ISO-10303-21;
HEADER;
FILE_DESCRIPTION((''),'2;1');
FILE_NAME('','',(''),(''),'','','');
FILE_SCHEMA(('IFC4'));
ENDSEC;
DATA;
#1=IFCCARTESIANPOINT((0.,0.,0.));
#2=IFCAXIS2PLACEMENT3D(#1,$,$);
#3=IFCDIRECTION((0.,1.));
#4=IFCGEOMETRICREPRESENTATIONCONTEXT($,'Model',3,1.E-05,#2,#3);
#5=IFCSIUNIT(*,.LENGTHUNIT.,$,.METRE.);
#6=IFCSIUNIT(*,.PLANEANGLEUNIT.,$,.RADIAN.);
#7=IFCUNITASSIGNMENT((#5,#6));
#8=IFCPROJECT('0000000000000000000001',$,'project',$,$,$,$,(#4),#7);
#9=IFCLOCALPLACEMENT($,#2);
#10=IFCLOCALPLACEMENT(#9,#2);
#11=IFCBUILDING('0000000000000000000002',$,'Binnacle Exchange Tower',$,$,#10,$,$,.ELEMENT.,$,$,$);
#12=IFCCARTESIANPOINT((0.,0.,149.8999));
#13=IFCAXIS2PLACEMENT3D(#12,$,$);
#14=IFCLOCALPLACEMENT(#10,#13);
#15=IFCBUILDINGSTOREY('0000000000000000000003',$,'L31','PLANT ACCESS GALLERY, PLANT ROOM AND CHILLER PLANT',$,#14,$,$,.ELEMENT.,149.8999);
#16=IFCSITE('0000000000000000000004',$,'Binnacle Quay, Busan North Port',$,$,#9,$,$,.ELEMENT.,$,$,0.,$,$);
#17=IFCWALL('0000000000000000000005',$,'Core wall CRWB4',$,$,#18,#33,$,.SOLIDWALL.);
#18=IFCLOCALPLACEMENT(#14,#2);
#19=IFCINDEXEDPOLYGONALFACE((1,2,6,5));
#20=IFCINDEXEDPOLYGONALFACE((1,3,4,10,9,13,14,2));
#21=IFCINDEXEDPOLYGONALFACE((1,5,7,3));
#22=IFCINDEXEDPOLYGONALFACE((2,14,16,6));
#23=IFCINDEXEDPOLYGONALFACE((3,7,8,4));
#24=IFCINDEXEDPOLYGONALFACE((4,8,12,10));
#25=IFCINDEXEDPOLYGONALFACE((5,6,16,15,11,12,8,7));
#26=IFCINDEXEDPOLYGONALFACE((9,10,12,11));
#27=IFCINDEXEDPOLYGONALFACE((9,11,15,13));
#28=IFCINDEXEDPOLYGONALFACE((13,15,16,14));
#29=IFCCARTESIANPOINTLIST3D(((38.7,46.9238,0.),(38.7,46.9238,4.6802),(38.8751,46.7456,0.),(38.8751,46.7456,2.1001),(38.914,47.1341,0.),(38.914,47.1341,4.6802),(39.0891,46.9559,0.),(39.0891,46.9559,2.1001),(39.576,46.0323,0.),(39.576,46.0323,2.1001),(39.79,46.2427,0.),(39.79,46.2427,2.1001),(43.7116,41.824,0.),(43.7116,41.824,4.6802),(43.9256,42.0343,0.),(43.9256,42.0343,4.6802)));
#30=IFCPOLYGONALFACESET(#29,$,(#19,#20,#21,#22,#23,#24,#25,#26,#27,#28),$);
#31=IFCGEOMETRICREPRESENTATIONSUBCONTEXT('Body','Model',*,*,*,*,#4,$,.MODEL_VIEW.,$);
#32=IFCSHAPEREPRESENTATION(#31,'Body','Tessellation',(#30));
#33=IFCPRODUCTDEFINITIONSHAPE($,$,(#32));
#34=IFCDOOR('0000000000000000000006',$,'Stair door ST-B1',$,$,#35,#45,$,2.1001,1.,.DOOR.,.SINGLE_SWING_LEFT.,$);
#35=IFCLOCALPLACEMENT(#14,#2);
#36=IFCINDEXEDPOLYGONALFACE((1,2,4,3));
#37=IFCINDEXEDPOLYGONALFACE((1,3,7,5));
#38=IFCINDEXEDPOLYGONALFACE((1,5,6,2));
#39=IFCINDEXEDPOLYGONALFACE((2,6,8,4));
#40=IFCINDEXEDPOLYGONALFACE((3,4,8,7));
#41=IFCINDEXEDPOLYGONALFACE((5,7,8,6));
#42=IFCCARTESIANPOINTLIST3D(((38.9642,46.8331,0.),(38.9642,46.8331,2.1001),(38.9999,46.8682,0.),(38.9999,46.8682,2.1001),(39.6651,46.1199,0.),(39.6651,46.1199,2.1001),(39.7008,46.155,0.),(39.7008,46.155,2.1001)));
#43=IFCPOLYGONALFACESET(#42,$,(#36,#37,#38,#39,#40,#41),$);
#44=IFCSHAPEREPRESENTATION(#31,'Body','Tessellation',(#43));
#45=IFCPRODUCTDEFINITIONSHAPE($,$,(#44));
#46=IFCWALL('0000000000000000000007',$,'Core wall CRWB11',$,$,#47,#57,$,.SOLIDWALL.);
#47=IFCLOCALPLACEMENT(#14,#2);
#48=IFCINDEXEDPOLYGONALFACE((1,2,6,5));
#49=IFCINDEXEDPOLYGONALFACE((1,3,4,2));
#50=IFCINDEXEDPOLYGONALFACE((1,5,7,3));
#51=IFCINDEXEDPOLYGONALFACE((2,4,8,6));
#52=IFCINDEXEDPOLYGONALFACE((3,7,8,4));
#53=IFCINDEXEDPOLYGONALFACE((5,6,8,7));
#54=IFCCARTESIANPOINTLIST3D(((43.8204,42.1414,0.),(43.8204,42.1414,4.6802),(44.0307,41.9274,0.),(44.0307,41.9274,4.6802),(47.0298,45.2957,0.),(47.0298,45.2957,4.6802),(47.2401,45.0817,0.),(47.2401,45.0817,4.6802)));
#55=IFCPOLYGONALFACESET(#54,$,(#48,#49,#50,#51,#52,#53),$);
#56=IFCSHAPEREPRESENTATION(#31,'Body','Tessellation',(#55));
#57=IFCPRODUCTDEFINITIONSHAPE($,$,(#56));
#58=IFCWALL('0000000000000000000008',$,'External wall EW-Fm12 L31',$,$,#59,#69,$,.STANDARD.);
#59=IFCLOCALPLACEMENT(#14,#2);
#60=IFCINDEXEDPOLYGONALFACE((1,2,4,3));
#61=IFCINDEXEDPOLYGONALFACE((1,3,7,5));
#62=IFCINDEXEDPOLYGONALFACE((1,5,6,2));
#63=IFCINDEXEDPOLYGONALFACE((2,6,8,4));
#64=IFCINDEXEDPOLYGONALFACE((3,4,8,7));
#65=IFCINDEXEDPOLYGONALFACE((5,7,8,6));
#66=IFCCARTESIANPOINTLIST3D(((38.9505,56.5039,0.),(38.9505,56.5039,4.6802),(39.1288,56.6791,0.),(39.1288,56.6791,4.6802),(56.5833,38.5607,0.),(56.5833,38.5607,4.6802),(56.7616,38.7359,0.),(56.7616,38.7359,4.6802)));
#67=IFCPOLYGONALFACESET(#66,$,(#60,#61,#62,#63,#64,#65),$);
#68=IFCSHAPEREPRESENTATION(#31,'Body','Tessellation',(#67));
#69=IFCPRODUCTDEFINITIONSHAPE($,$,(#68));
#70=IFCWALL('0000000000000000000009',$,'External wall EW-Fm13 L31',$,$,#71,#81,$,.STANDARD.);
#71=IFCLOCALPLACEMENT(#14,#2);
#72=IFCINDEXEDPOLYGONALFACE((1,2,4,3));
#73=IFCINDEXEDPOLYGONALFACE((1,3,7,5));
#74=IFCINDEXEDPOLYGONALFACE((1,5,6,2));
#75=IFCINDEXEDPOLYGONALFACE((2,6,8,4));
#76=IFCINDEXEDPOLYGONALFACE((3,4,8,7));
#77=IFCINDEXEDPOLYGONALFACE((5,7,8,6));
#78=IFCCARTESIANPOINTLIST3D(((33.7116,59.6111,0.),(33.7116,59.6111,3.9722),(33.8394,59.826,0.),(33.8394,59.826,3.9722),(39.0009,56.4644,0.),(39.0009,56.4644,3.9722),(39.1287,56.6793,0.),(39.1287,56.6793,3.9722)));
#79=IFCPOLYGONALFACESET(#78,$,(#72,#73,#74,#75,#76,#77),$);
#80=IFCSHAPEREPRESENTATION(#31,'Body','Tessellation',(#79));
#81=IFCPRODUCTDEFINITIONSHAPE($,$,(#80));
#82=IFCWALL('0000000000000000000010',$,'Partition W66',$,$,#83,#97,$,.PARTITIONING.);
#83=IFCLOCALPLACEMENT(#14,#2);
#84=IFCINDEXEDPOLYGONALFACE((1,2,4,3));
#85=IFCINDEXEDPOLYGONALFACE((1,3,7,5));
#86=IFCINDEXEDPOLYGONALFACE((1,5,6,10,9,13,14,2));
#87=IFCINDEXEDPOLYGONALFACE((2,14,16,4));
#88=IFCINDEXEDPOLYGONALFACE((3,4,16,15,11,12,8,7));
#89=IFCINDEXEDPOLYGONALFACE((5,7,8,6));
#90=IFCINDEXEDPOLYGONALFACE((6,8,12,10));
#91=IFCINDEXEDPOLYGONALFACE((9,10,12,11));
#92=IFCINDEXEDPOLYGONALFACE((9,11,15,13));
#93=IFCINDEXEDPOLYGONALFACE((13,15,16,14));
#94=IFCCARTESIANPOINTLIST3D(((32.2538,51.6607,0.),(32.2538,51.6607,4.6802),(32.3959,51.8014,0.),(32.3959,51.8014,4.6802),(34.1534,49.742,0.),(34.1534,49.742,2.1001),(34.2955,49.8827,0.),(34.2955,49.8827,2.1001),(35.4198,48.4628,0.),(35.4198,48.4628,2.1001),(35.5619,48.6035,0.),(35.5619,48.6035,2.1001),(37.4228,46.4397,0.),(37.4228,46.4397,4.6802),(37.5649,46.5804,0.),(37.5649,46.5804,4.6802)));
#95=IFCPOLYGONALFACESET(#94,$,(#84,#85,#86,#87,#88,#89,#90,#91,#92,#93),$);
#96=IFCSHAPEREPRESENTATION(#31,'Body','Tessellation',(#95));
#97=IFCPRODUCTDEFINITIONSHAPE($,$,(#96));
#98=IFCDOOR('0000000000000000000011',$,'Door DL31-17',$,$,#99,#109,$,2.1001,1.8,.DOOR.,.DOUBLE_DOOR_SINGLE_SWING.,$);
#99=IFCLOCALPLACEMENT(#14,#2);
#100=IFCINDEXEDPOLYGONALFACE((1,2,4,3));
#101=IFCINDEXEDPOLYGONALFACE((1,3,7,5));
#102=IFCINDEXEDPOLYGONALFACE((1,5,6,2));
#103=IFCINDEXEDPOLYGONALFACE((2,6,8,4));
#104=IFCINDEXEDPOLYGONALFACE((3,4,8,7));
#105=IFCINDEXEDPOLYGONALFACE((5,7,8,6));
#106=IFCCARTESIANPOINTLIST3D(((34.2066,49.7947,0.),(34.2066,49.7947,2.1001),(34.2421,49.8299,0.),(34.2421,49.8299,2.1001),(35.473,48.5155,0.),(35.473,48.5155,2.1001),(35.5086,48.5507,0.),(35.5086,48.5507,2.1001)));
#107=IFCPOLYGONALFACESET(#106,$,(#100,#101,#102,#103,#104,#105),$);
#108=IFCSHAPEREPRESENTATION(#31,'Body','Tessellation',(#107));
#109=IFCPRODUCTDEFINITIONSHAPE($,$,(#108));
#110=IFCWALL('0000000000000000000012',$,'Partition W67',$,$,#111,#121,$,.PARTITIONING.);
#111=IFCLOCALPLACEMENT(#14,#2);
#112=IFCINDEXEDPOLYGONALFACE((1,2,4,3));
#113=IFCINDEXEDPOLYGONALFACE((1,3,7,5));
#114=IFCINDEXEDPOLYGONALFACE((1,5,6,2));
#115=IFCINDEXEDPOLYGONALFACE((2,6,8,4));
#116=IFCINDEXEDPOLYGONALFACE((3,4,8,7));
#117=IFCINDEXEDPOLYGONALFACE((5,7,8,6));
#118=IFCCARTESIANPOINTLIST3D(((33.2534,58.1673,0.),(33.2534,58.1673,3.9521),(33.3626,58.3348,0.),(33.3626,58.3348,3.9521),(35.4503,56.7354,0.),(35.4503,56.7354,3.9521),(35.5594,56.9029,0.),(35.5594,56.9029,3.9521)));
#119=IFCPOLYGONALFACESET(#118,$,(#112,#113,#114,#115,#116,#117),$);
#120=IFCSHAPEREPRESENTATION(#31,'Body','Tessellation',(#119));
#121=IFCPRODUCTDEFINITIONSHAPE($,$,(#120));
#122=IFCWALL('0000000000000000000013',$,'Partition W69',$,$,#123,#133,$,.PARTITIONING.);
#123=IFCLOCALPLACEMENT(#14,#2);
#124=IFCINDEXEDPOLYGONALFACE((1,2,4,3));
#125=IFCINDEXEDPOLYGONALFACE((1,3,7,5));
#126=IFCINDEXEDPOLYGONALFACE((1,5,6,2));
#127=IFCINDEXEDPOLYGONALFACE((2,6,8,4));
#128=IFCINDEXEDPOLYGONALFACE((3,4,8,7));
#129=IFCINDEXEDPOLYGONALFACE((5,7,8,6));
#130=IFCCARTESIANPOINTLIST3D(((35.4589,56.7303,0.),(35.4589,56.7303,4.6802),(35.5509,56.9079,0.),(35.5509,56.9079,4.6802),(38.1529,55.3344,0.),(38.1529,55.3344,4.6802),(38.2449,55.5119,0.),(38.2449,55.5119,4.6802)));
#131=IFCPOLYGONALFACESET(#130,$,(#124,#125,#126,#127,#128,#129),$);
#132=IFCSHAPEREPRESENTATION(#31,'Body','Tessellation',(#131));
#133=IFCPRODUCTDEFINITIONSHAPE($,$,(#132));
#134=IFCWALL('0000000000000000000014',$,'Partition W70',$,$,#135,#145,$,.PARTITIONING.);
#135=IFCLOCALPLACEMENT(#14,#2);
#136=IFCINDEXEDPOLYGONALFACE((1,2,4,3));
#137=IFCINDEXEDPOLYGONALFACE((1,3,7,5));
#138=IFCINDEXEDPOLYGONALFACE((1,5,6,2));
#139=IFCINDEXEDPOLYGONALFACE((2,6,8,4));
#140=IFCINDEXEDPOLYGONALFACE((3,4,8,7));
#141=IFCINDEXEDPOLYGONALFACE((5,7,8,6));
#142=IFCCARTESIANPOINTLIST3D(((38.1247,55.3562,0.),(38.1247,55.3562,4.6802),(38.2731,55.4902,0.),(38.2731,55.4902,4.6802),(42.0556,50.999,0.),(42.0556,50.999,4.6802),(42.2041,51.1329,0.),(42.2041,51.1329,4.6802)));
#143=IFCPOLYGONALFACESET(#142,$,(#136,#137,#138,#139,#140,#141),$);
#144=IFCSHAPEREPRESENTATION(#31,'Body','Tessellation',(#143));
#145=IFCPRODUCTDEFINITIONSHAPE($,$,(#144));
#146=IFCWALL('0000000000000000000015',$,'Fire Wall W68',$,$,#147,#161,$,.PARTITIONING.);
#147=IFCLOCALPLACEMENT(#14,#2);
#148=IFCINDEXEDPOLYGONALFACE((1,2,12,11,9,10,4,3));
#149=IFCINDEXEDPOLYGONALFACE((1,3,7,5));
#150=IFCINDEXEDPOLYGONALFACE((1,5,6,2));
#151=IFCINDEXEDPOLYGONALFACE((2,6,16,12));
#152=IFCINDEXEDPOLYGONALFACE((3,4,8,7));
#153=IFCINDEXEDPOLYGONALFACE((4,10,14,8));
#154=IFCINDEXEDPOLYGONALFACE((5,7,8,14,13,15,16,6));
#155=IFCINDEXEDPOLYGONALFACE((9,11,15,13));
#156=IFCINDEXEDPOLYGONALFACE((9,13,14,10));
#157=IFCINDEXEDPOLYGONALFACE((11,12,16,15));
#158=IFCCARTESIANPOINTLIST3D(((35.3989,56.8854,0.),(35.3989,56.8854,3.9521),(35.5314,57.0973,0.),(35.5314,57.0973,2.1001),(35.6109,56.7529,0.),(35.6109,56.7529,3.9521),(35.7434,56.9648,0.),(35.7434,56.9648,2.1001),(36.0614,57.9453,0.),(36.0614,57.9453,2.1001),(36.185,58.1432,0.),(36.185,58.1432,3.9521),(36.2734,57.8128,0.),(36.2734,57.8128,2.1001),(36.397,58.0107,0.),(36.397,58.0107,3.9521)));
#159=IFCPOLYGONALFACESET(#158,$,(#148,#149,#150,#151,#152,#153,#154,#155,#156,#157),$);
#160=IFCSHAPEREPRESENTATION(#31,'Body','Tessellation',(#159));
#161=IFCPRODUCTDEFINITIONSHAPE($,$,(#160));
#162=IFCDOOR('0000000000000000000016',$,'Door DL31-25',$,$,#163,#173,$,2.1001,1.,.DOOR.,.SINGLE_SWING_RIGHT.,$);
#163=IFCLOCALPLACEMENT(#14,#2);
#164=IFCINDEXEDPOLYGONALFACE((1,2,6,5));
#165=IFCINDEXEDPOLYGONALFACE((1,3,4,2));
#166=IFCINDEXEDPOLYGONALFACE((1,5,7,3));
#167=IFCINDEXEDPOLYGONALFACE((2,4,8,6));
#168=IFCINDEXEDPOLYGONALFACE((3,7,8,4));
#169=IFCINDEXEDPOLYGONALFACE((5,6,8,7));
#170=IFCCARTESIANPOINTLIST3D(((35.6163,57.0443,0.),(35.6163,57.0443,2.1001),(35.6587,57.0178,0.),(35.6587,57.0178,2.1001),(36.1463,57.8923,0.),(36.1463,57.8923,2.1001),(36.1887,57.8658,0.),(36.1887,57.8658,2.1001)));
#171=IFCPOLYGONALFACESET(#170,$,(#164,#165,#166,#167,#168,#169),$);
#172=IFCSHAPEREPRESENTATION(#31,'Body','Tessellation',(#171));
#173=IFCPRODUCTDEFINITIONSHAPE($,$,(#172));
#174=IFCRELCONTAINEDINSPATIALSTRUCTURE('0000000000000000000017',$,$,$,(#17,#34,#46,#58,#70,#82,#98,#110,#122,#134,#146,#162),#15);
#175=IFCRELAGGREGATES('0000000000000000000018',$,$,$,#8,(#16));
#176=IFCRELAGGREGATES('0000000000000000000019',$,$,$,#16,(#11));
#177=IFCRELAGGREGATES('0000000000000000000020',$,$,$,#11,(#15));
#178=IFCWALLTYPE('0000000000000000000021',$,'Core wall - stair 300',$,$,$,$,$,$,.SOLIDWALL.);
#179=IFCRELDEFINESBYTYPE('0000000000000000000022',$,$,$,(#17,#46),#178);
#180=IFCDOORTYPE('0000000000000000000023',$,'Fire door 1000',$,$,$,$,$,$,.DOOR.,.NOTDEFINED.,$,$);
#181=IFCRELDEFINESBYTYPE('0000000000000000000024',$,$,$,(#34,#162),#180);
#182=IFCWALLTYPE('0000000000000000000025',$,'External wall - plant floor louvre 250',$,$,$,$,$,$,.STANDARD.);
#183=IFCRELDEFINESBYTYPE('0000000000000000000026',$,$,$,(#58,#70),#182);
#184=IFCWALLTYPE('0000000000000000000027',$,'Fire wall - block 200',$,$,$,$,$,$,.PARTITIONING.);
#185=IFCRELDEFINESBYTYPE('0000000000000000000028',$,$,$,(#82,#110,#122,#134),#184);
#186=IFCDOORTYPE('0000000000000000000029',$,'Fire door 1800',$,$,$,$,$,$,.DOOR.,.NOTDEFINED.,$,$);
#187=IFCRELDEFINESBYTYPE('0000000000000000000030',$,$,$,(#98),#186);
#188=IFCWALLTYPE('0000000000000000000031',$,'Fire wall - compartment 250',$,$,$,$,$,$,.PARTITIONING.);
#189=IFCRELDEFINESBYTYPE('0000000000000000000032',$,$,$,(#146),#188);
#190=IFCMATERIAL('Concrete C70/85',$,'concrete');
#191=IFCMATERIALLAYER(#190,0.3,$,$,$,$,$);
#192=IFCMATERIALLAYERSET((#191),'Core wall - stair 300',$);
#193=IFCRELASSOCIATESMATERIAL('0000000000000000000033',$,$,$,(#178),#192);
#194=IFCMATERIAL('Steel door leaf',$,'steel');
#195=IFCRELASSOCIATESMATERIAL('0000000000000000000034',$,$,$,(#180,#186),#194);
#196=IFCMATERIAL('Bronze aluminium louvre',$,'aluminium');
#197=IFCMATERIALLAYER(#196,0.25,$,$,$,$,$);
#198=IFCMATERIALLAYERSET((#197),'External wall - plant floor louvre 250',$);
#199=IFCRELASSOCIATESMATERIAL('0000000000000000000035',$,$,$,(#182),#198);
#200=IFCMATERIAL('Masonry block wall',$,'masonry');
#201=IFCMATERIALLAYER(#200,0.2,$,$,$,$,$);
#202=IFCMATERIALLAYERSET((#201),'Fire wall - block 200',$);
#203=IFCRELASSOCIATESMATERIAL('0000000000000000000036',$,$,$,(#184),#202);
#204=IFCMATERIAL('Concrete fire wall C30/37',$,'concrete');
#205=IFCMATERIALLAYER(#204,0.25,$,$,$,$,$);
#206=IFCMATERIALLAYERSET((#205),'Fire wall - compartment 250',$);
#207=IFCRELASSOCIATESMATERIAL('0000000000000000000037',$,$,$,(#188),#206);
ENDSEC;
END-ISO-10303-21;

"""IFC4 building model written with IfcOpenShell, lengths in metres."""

from ifc_helpers import new_model, si_unit, direction, frame, frame_2d, origin, place, context, subcontext, project, spatial, rectangle, extrude, material, layer, layer_set, type_object, element, fill, save


model = new_model("IFC4")

# Units and contexts
model_context = context("Model", 3, precision=1e-05, world=origin(), true_north=direction((0.0, 1.0)))
body_context = subcontext(model_context, "Body", "Model", "MODEL_VIEW")
ifc_project = project(units=[si_unit("LENGTHUNIT", "METRE"), si_unit("PLANEANGLEUNIT", "RADIAN")], contexts=[model_context])

# Site, building, storey
site_placement = place(None, origin())
site = spatial("IfcSite", under=ifc_project, at=site_placement, Name="Binnacle Quay, Busan North Port", CompositionType="ELEMENT", RefElevation=0.0)
building_placement = place(site_placement, origin())
building = spatial("IfcBuilding", under=site, at=building_placement, Name="Binnacle Exchange Tower", CompositionType="ELEMENT")
storey_placement = place(building_placement, frame((0.0, 0.0, 149.8999)))
storey = spatial("IfcBuildingStorey", under=building, at=storey_placement, Name="L31", Description="PLANT ACCESS GALLERY, PLANT ROOM AND CHILLER PLANT", CompositionType="ELEMENT", Elevation=149.8999)

# Shared definitions
ifc_material_1 = material(Name="Concrete C70/85", Category="concrete")

# Wall, opening, door
ifc_layer_1 = layer(ifc_material_1, 0.3)
ifc_layer_set_1 = layer_set([ifc_layer_1], Name="Core wall - stair 300")
wall_type_1 = type_object("IfcWallType", Name="Core wall - stair 300", PredefinedType="SOLIDWALL", material=ifc_layer_set_1)
wall_1_placement = place(storey_placement, frame((38.8069, 47.0291, 0.0), z_axis=(0.0, 0.0, 1.0), x_axis=(0.700917, -0.713243, 0.0)))
wall_1 = element("IfcWall", 1, at=wall_1_placement, inside=storey, type_object=wall_type_1, Name="Core wall CRWB4", PredefinedType="SOLIDWALL", context=body_context, shape_type="SweptSolid", body=[
    extrude(rectangle(XDim=7.1501, YDim=0.3, at=frame_2d((3.5752, 0.0))), origin(), (0.0, 0.0, 1.0), 4.6802),
])
opening_1_placement = place(wall_1_placement, frame((0.25, 0.0, 0.0)))
opening_1 = element("IfcOpeningElement", 2, at=opening_1_placement, cuts=wall_1, PredefinedType="OPENING", context=body_context, shape_type="SweptSolid", body=[
    extrude(rectangle(XDim=1.0, YDim=2.1001, at=frame_2d((0.5, 1.05))), frame((0.0, 0.1599, 0.0), z_axis=(0.0, -1.0, 0.0), x_axis=(1.0, 0.0, 0.0)), (0.0, 0.0, 1.0), 0.3201),
])
ifc_material_2 = material(Name="Steel door leaf", Category="steel")
door_type_1 = type_object("IfcDoorType", Name="Fire door 1000", OperationType="NOTDEFINED", PredefinedType="DOOR", material=ifc_material_2)
door_1_placement = place(opening_1_placement, origin())
door_1 = element("IfcDoor", 3, at=door_1_placement, inside=storey, type_object=door_type_1, Name="Stair door ST-B1", OperationType="SINGLE_SWING_LEFT", OverallHeight=2.1001, OverallWidth=1.0, PredefinedType="DOOR", context=body_context, shape_type="SweptSolid", body=[
    extrude(rectangle(XDim=1.0, YDim=2.1001, at=frame_2d((0.5, 1.05))), frame((0.0, 0.0249, 0.0), z_axis=(0.0, -1.0, 0.0), x_axis=(1.0, 0.0, 0.0)), (0.0, 0.0, 1.0), 0.05),
])
fill(opening_1, door_1)

# Walls
wall_2_placement = place(storey_placement, frame((43.9255, 42.0344, 0.0), z_axis=(0.0, 0.0, 1.0), x_axis=(0.713211, 0.70095, 0.0)))
element("IfcWall", 4, at=wall_2_placement, inside=storey, type_object=wall_type_1, Name="Core wall CRWB11", PredefinedType="SOLIDWALL", context=body_context, shape_type="SweptSolid", body=[
    extrude(rectangle(XDim=4.5, YDim=0.3, at=frame_2d((2.25, 0.0))), origin(), (0.0, 0.0, 1.0), 4.6802),
])
ifc_material_3 = material(Name="Bronze aluminium louvre", Category="aluminium")
ifc_layer_2 = layer(ifc_material_3, 0.25)
ifc_layer_set_2 = layer_set([ifc_layer_2], Name="External wall - plant floor louvre 250")
wall_type_2 = type_object("IfcWallType", Name="External wall - plant floor louvre 250", PredefinedType="STANDARD", material=ifc_layer_set_2)
wall_3_placement = place(storey_placement, frame((39.0396, 56.5916, 0.0), z_axis=(0.0, 0.0, 1.0), x_axis=(0.700913, -0.713247, 0.0)))
element("IfcWall", 5, at=wall_3_placement, inside=storey, type_object=wall_type_2, Name="External wall EW-Fm12 L31", PredefinedType="STANDARD", context=body_context, shape_type="SweptSolid", body=[
    extrude(rectangle(XDim=25.157, YDim=0.25, at=frame_2d((12.5786, 0.0))), origin(), (0.0, 0.0, 1.0), 4.6802),
])
wall_4_placement = place(storey_placement, frame((33.7756, 59.7185, 0.0), z_axis=(0.0, 0.0, 1.0), x_axis=(0.859412, -0.511284, 0.0)))
element("IfcWall", 6, at=wall_4_placement, inside=storey, type_object=wall_type_2, Name="External wall EW-Fm13 L31", PredefinedType="STANDARD", context=body_context, shape_type="SweptSolid", body=[
    extrude(rectangle(XDim=6.1545, YDim=0.25, at=frame_2d((3.0771, 0.0))), origin(), (0.0, 0.0, 1.0), 3.9722),
])

# Wall, opening, door
ifc_material_4 = material(Name="Masonry block wall", Category="masonry")
ifc_layer_3 = layer(ifc_material_4, 0.2)
ifc_layer_set_3 = layer_set([ifc_layer_3], Name="Fire wall - block 200")
wall_type_3 = type_object("IfcWallType", Name="Fire wall - block 200", PredefinedType="PARTITIONING", material=ifc_layer_set_3)
wall_5_placement = place(storey_placement, frame((32.325, 51.731, 0.0), z_axis=(0.0, 0.0, 1.0), x_axis=(0.703559, -0.710637, 0.0)))
wall_5 = element("IfcWall", 7, at=wall_5_placement, inside=storey, type_object=wall_type_3, Name="Partition W66", PredefinedType="PARTITIONING", context=body_context, shape_type="SweptSolid", body=[
    extrude(rectangle(XDim=7.3469, YDim=0.2, at=frame_2d((3.6733, 0.0))), origin(), (0.0, 0.0, 1.0), 4.6802),
])
opening_2_placement = place(wall_5_placement, frame((2.7, 0.0, 0.0)))
opening_2 = element("IfcOpeningElement", 8, at=opening_2_placement, cuts=wall_5, PredefinedType="OPENING", context=body_context, shape_type="SweptSolid", body=[
    extrude(rectangle(XDim=1.8, YDim=2.1001, at=frame_2d((0.8999, 1.05))), frame((0.0, 0.1099, 0.0), z_axis=(0.0, -1.0, 0.0), x_axis=(1.0, 0.0, 0.0)), (0.0, 0.0, 1.0), 0.22),
])
door_type_2 = type_object("IfcDoorType", Name="Fire door 1800", OperationType="NOTDEFINED", PredefinedType="DOOR", material=ifc_material_2)
door_2_placement = place(opening_2_placement, origin())
door_2 = element("IfcDoor", 9, at=door_2_placement, inside=storey, type_object=door_type_2, Name="Door DL31-17", OperationType="DOUBLE_DOOR_SINGLE_SWING", OverallHeight=2.1001, OverallWidth=1.8, PredefinedType="DOOR", context=body_context, shape_type="SweptSolid", body=[
    extrude(rectangle(XDim=1.8, YDim=2.1001, at=frame_2d((0.8999, 1.05))), frame((0.0, 0.0249, 0.0), z_axis=(0.0, -1.0, 0.0), x_axis=(1.0, 0.0, 0.0)), (0.0, 0.0, 1.0), 0.05),
])
fill(opening_2, door_2)

# Walls
wall_6_placement = place(storey_placement, frame((33.3081, 58.251, 0.0), z_axis=(0.0, 0.0, 1.0), x_axis=(0.837749, -0.546055, 0.0)))
element("IfcWall", 10, at=wall_6_placement, inside=storey, type_object=wall_type_3, Name="Partition W67", PredefinedType="PARTITIONING", context=body_context, shape_type="SweptSolid", body=[
    extrude(rectangle(XDim=2.6223, YDim=0.2, at=frame_2d((1.311, 0.0))), origin(), (0.0, 0.0, 1.0), 3.9521),
])
wall_7_placement = place(storey_placement, frame((35.5049, 56.8191, 0.0), z_axis=(0.0, 0.0, 1.0), x_axis=(0.887881, -0.460073, 0.0)))
element("IfcWall", 11, at=wall_7_placement, inside=storey, type_object=wall_type_3, Name="Partition W69", PredefinedType="PARTITIONING", context=body_context, shape_type="SweptSolid", body=[
    extrude(rectangle(XDim=3.0342, YDim=0.2, at=frame_2d((1.5171, 0.0))), origin(), (0.0, 0.0, 1.0), 4.6802),
])
wall_8_placement = place(storey_placement, frame((38.199, 55.4231, 0.0), z_axis=(0.0, 0.0, 1.0), x_axis=(0.669854, -0.742493, 0.0)))
element("IfcWall", 12, at=wall_8_placement, inside=storey, type_object=wall_type_3, Name="Partition W70", PredefinedType="PARTITIONING", context=body_context, shape_type="SweptSolid", body=[
    extrude(rectangle(XDim=5.8684, YDim=0.2, at=frame_2d((2.9341, 0.0))), origin(), (0.0, 0.0, 1.0), 4.6802),
])

# Wall, opening, door
ifc_material_5 = material(Name="Concrete fire wall C30/37", Category="concrete")
ifc_layer_4 = layer(ifc_material_5, 0.25)
ifc_layer_set_4 = layer_set([ifc_layer_4], Name="Fire wall - compartment 250")
wall_type_4 = type_object("IfcWallType", Name="Fire wall - compartment 250", PredefinedType="PARTITIONING", material=ifc_layer_set_4)
wall_9_placement = place(storey_placement, frame((35.5049, 56.8191, 0.0), z_axis=(0.0, 0.0, 1.0), x_axis=(0.529999, 0.847998, 0.0)))
wall_9 = element("IfcWall", 13, at=wall_9_placement, inside=storey, type_object=wall_type_4, Name="Fire Wall W68", PredefinedType="PARTITIONING", context=body_context, shape_type="SweptSolid", body=[
    extrude(rectangle(XDim=1.4832, YDim=0.25, at=frame_2d((0.7417, 0.0))), origin(), (0.0, 0.0, 1.0), 3.9521),
])
opening_3_placement = place(wall_9_placement, frame((0.25, 0.0, 0.0)))
opening_3 = element("IfcOpeningElement", 14, at=opening_3_placement, cuts=wall_9, PredefinedType="OPENING", context=body_context, shape_type="SweptSolid", body=[
    extrude(rectangle(XDim=1.0, YDim=2.1001, at=frame_2d((0.5, 1.05))), frame((0.0, 0.135, 0.0), z_axis=(0.0, -1.0, 0.0), x_axis=(1.0, 0.0, 0.0)), (0.0, 0.0, 1.0), 0.27),
])
door_3_placement = place(opening_3_placement, origin())
door_3 = element("IfcDoor", 15, at=door_3_placement, inside=storey, type_object=door_type_1, Name="Door DL31-25", OperationType="SINGLE_SWING_RIGHT", OverallHeight=2.1001, OverallWidth=1.0, PredefinedType="DOOR", context=body_context, shape_type="SweptSolid", body=[
    extrude(rectangle(XDim=1.0, YDim=2.1001, at=frame_2d((0.5, 1.05))), frame((0.0, 0.0249, 0.0), z_axis=(0.0, -1.0, 0.0), x_axis=(1.0, 0.0, 0.0)), (0.0, 0.0, 1.0), 0.05),
])
fill(opening_3, door_3)

save(model, "model.ifc")
